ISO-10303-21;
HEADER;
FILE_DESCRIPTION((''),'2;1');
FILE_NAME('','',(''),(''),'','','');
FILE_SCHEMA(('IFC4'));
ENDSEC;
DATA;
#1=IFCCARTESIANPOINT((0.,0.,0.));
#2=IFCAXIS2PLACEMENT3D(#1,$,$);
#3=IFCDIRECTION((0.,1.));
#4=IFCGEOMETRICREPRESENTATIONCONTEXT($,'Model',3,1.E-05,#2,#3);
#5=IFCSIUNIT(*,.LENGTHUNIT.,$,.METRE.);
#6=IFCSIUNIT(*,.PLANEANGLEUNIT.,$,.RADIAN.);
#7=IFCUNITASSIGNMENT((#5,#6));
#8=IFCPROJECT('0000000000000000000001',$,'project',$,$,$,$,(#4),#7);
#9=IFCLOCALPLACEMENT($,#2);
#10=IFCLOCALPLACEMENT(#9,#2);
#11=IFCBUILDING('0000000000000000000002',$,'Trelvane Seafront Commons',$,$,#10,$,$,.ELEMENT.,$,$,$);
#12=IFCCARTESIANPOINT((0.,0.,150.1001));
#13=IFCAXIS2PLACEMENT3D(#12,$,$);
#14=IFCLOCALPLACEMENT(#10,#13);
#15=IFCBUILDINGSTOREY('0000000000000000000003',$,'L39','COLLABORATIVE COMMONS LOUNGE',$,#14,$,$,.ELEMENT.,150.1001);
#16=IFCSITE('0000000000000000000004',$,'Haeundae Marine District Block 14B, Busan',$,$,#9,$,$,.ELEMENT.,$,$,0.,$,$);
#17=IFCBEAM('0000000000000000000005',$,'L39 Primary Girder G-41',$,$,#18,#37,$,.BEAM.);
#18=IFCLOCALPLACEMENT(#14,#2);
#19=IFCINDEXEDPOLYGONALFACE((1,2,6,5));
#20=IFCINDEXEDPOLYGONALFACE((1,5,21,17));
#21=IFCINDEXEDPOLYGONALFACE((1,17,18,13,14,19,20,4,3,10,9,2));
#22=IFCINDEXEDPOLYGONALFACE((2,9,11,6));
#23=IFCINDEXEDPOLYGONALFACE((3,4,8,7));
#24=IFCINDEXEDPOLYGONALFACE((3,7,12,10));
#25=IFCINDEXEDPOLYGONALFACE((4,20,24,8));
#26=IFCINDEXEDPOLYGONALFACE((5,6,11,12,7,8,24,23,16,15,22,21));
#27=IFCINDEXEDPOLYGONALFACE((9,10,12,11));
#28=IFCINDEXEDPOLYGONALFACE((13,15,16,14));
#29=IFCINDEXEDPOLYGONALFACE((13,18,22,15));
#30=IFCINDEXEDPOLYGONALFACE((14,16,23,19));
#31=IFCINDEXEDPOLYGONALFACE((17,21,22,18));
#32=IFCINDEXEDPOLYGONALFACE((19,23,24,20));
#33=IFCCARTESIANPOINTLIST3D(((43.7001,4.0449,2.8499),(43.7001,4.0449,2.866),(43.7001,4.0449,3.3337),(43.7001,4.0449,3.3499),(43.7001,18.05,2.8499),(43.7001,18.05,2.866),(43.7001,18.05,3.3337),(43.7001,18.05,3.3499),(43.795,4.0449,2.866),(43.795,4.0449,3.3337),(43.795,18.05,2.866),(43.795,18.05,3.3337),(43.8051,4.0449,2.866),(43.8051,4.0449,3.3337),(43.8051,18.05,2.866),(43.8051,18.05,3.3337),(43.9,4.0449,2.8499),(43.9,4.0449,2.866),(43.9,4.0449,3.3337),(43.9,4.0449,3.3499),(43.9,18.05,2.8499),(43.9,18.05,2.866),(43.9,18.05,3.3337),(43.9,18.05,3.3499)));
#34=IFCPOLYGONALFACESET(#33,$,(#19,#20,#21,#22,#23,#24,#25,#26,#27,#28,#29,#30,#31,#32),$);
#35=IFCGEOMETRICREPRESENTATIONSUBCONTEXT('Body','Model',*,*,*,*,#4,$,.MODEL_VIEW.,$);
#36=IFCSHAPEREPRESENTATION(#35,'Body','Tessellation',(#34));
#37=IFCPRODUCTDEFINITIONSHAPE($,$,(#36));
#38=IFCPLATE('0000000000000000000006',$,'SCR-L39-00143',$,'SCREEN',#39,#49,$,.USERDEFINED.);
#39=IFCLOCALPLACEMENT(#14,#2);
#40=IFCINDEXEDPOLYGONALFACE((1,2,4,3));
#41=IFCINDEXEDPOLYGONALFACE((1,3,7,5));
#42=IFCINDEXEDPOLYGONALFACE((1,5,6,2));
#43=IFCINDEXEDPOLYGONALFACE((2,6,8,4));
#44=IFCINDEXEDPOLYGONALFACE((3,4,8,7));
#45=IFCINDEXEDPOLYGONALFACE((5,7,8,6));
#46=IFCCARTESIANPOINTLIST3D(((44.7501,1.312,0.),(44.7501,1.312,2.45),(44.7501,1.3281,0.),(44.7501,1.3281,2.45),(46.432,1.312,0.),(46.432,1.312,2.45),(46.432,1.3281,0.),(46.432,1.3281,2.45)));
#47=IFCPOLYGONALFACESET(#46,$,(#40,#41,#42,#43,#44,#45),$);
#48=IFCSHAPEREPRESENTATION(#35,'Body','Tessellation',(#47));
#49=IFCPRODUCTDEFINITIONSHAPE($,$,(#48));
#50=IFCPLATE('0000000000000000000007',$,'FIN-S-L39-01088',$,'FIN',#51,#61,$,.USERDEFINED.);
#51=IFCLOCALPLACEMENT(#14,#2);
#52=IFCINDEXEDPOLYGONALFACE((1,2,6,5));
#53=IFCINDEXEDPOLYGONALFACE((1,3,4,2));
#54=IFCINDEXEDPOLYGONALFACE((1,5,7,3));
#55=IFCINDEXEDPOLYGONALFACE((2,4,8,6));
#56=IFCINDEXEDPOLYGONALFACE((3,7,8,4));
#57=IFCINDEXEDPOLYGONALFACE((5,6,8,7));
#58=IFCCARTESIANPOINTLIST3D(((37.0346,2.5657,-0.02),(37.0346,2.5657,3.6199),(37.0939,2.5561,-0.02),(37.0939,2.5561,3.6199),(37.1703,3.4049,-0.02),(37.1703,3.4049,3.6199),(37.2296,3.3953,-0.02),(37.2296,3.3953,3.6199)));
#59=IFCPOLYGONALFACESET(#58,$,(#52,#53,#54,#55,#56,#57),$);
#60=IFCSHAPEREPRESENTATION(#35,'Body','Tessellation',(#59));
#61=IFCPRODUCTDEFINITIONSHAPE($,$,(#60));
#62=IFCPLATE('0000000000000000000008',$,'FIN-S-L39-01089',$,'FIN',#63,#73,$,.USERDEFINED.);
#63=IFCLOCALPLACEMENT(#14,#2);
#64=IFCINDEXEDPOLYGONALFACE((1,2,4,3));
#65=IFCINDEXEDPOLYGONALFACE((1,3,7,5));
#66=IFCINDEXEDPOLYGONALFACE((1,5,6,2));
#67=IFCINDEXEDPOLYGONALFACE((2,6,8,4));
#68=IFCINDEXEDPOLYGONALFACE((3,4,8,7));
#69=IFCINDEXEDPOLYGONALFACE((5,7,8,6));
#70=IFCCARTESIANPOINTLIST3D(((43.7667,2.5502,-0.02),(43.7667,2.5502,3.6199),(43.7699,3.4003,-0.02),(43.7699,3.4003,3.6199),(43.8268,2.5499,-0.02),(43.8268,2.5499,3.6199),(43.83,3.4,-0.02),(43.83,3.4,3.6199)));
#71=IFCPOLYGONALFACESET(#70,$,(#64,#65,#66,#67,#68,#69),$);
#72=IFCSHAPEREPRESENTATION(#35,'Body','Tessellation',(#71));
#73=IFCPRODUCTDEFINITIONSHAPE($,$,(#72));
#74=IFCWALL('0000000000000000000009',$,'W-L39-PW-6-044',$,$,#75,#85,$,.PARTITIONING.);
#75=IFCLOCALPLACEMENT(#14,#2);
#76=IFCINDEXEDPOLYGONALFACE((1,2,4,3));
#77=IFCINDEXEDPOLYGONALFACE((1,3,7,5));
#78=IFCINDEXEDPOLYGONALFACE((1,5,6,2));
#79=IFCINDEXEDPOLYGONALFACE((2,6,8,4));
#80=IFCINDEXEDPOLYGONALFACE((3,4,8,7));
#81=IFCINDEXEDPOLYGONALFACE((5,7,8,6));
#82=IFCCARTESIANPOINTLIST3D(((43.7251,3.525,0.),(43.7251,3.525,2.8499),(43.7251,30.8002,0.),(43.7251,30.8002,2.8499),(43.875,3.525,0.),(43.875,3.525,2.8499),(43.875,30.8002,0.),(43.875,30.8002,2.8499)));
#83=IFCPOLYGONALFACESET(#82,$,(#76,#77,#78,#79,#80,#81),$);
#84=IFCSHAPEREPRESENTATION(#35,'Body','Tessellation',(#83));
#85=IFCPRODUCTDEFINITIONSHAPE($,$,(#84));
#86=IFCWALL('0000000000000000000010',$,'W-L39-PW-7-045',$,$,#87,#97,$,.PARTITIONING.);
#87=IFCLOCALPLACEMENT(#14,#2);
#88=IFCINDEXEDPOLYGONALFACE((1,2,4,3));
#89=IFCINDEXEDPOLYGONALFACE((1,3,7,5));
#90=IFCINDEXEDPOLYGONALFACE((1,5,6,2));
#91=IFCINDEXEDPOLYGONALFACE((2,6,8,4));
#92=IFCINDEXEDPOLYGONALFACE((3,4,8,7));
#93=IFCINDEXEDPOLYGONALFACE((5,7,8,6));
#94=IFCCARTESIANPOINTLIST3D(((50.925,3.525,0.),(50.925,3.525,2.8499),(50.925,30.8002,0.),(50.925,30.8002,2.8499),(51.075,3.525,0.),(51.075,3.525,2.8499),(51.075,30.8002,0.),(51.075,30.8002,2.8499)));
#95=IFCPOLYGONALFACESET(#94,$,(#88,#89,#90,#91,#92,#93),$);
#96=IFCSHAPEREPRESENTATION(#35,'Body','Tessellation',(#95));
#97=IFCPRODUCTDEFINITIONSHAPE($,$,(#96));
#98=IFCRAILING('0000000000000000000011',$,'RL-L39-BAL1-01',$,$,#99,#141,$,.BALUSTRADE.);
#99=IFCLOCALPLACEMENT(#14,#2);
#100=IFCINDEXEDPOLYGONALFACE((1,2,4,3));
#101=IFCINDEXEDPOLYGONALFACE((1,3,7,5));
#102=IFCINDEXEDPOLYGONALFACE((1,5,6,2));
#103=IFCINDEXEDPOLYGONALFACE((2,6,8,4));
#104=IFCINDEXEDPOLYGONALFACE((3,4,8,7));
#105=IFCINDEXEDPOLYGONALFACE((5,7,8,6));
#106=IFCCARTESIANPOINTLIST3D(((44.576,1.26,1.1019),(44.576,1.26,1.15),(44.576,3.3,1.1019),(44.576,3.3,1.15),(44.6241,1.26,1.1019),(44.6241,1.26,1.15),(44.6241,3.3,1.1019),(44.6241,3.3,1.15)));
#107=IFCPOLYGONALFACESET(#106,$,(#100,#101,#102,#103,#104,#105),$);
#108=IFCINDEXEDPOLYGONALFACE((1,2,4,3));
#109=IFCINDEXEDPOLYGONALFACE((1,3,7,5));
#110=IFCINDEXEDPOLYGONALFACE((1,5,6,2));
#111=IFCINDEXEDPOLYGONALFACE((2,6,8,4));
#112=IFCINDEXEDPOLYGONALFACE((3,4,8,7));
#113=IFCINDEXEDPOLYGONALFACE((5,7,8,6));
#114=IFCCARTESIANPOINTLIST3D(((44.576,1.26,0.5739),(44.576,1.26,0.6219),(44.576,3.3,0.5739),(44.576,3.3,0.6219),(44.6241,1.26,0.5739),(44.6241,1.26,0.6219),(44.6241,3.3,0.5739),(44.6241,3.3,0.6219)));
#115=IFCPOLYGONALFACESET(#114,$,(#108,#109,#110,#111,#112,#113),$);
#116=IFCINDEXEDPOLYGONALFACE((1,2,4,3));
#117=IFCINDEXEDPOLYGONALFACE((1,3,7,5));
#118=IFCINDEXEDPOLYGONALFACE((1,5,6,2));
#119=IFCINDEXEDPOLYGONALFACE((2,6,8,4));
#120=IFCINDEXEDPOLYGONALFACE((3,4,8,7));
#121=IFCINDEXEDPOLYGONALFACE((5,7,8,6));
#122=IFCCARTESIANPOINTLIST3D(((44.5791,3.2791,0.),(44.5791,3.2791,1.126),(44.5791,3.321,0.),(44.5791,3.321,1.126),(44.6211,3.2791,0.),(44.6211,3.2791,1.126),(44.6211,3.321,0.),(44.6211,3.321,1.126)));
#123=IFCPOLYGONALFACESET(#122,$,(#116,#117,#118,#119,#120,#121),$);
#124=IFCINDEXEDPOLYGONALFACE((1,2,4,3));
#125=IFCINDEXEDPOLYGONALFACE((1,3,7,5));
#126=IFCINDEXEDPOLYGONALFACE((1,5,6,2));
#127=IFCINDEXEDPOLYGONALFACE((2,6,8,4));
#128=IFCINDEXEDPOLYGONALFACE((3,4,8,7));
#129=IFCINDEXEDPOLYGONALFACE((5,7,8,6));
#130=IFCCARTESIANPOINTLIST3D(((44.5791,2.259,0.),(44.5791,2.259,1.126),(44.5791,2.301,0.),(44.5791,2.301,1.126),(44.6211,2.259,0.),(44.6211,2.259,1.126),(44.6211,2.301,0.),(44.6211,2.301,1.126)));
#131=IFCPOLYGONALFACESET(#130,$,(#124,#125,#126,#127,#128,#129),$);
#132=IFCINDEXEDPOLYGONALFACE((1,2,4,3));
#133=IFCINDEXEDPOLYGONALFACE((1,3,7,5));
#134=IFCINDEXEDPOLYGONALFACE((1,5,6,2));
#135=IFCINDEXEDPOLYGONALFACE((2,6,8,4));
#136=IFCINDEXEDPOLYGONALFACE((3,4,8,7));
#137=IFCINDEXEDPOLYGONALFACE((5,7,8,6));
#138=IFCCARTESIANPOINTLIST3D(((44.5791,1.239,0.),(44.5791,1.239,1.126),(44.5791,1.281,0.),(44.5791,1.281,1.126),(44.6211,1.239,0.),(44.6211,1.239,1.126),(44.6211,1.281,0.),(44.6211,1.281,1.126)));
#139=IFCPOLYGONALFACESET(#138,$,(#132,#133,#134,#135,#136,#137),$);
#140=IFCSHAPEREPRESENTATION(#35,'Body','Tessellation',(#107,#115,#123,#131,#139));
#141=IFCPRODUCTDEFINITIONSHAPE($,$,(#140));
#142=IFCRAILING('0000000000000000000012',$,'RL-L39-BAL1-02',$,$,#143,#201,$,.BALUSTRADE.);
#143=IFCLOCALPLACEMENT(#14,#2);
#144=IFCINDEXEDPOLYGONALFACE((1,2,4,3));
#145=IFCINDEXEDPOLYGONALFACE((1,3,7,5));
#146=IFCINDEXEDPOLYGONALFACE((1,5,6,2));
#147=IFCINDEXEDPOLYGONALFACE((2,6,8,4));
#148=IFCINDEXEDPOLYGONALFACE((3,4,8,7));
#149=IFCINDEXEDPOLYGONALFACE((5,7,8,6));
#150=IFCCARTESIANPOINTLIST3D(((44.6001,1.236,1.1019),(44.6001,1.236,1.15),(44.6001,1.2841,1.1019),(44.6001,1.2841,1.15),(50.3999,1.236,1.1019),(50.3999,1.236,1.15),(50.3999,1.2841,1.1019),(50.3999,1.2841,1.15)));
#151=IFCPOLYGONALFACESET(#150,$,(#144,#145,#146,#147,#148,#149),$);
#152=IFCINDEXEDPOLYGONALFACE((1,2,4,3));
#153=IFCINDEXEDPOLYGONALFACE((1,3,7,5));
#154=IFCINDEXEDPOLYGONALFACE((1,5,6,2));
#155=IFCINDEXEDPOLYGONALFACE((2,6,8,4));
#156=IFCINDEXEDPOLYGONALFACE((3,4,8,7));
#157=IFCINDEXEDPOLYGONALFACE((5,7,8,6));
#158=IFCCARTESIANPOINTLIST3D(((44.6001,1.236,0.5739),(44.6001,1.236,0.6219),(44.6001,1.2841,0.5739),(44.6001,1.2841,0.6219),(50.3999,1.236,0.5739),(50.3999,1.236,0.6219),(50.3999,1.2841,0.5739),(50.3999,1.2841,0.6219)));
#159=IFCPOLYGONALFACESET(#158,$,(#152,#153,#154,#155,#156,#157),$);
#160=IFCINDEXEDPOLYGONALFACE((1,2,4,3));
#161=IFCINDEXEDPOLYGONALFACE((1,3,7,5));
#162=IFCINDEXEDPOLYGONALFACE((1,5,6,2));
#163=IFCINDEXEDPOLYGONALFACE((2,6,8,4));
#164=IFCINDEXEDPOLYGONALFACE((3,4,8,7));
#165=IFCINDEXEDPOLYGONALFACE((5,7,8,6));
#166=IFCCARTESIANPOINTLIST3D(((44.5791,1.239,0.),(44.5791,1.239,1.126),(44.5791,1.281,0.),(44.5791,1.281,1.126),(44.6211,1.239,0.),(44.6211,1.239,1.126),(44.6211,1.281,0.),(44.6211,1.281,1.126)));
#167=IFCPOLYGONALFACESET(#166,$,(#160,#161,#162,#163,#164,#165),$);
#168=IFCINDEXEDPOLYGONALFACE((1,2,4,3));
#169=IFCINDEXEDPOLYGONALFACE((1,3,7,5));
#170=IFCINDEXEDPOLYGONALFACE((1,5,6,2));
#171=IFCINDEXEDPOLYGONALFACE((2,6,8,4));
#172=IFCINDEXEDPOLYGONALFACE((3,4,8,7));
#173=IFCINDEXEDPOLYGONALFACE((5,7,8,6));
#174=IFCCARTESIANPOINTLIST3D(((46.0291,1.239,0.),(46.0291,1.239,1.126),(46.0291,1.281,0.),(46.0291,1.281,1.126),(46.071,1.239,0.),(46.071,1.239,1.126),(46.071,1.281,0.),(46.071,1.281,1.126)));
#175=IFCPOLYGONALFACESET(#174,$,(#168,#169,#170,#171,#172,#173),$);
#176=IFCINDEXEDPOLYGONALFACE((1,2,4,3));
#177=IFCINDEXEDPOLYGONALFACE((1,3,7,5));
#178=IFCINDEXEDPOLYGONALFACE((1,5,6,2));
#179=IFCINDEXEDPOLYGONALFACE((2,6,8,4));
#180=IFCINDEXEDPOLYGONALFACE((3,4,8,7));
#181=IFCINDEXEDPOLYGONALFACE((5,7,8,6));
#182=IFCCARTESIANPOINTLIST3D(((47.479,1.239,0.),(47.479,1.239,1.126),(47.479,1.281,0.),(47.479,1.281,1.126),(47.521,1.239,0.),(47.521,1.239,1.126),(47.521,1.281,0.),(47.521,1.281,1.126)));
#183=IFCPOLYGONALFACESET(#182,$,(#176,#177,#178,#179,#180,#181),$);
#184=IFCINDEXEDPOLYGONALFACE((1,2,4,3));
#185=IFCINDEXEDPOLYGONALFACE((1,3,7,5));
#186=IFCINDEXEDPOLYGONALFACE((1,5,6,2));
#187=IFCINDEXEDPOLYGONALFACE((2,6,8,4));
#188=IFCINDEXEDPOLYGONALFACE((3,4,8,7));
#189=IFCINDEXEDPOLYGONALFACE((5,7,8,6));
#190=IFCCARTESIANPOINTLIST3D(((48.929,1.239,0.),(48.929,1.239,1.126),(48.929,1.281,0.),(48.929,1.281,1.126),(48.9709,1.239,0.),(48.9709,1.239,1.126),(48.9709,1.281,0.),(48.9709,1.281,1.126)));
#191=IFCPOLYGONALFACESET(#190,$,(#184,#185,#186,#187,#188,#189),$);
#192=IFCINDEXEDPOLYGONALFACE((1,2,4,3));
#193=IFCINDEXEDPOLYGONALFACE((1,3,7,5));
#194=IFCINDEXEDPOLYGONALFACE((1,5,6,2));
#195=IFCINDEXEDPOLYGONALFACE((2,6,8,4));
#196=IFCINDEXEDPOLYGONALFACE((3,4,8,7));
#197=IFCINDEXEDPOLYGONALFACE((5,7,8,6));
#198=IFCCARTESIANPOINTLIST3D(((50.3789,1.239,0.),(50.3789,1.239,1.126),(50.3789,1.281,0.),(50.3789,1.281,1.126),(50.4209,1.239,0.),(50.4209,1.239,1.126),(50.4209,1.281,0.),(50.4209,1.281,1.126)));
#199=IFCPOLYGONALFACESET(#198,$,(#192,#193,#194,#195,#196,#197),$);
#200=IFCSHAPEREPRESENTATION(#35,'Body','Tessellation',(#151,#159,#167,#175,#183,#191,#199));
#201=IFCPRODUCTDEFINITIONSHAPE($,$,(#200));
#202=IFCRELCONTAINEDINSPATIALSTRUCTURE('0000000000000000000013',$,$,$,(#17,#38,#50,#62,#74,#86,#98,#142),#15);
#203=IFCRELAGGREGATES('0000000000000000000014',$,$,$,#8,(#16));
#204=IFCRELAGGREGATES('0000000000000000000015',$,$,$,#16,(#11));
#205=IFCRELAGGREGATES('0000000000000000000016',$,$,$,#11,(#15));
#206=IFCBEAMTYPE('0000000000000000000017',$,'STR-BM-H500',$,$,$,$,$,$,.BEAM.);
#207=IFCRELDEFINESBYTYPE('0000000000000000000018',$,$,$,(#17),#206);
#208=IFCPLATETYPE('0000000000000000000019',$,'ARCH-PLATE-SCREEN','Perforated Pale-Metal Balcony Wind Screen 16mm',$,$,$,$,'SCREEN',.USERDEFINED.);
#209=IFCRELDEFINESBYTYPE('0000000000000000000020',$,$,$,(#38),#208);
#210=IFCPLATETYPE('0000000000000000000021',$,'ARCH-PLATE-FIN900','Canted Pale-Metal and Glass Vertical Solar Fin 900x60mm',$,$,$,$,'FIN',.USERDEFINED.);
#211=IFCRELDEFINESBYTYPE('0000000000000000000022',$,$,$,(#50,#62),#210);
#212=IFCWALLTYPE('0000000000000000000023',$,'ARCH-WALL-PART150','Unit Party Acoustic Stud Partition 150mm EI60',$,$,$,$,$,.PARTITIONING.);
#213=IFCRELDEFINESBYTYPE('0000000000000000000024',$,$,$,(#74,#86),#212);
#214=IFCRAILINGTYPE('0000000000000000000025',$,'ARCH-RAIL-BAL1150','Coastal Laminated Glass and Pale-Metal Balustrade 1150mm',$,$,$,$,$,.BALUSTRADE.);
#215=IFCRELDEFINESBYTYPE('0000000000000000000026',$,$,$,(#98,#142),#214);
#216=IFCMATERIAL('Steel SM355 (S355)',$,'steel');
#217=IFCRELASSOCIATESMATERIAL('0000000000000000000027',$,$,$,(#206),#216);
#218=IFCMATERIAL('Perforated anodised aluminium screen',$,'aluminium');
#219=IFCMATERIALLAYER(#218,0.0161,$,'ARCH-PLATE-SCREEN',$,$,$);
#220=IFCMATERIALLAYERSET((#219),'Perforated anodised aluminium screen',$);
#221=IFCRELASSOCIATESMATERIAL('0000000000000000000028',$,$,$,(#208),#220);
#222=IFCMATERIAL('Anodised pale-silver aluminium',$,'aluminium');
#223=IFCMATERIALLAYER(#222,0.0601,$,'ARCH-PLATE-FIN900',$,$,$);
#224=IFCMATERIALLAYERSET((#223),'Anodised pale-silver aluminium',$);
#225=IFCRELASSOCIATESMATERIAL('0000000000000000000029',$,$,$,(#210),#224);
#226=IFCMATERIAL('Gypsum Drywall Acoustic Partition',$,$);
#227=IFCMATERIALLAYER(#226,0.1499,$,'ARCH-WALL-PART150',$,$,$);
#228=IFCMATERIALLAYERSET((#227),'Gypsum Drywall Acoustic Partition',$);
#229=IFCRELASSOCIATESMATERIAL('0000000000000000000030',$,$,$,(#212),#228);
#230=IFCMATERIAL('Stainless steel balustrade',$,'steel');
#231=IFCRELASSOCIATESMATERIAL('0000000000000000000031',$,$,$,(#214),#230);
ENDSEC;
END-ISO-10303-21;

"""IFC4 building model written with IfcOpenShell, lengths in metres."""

from ifc_helpers import new_model, si_unit, direction, frame, frame_2d, origin, origin_2d, place, context, subcontext, project, spatial, rectangle, i_section, extrude, source, transform, mapped, material, layer, layer_set, material_profile, profile_set, type_object, element, save


model = new_model("IFC4")

# Units and contexts
model_context = context("Model", 3, precision=1e-05, world=origin(), true_north=direction((0.0, 1.0)))
body_context = subcontext(model_context, "Body", "Model", "MODEL_VIEW")
ifc_project = project(units=[si_unit("LENGTHUNIT", "METRE"), si_unit("PLANEANGLEUNIT", "RADIAN")], contexts=[model_context])

# Site, building, storey
site_placement = place(None, origin())
site = spatial("IfcSite", under=ifc_project, at=site_placement, Name="Haeundae Marine District Block 14B, Busan", CompositionType="ELEMENT", RefElevation=0.0)
building_placement = place(site_placement, origin())
building = spatial("IfcBuilding", under=site, at=building_placement, Name="Trelvane Seafront Commons", CompositionType="ELEMENT")
storey_placement = place(building_placement, frame((0.0, 0.0, 150.1001)))
storey = spatial("IfcBuildingStorey", under=building, at=storey_placement, Name="L39", Description="COLLABORATIVE COMMONS LOUNGE", CompositionType="ELEMENT", Elevation=150.1001)

# Shared definitions
ifc_material_1 = material(Name="Steel SM355 (S355)", Category="steel")

# Beam
ifc_material_profile_1 = material_profile(ifc_material_1, i_section(OverallWidth=0.2, OverallDepth=0.5, WebThickness=0.01, FlangeThickness=0.0161, at=origin_2d()), Name="H-500x200x10x16")
ifc_profile_set_1 = profile_set([ifc_material_profile_1], Name="Steel SM355 (S355)")
beam_type_1 = type_object("IfcBeamType", Name="STR-BM-H500", PredefinedType="BEAM", material=ifc_profile_set_1)
shared_shape_1 = source(origin(), body_context, "Body", "SweptSolid", [
    extrude(i_section(OverallWidth=0.2, OverallDepth=0.5, WebThickness=0.01, FlangeThickness=0.0161, at=origin_2d()), origin(), (0.0, 0.0, 1.0), 14.0051),
])
beam_1_placement = place(storey_placement, frame((43.8, 4.0449, 3.0999), z_axis=(0.0, 1.0, 0.0), x_axis=(-1.0, 0.0, 0.0)))
element("IfcBeam", 1, at=beam_1_placement, inside=storey, type_object=beam_type_1, Name="L39 Primary Girder G-41", PredefinedType="BEAM", context=body_context, shape_type="MappedRepresentation", body=[
    mapped(shared_shape_1, transform((0.0, 0.0, 0.0), x_axis=(1.0, 0.0, 0.0), y_axis=(0.0, 1.0, 0.0), z_axis=(0.0, 0.0, 1.0), scale=1.0)),
])

# Plates
ifc_material_2 = material(Name="Perforated anodised aluminium screen", Category="aluminium")
ifc_layer_1 = layer(ifc_material_2, 0.0161, Name="ARCH-PLATE-SCREEN")
ifc_layer_set_1 = layer_set([ifc_layer_1], Name="Perforated anodised aluminium screen")
plate_type_1 = type_object("IfcPlateType", Name="ARCH-PLATE-SCREEN", Description="Perforated Pale-Metal Balcony Wind Screen 16mm", ElementType="SCREEN", PredefinedType="USERDEFINED", material=ifc_layer_set_1)
shared_shape_2 = source(origin(), body_context, "Body", "SweptSolid", [
    extrude(rectangle(XDim=1.6819, YDim=0.0161, at=origin_2d()), origin(), (0.0, 0.0, 1.0), 2.45),
])
plate_placement = place(storey_placement, frame((45.5911, 1.3201, 0.0), z_axis=(0.0, 0.0, 1.0), x_axis=(1.0, 0.0, 0.0)))
element("IfcPlate", 2, at=plate_placement, inside=storey, type_object=plate_type_1, Name="SCR-L39-00143", ObjectType="SCREEN", PredefinedType="USERDEFINED", context=body_context, shape_type="MappedRepresentation", body=[
    mapped(shared_shape_2, transform((0.0, 0.0, 0.0), x_axis=(1.0, 0.0, 0.0), y_axis=(0.0, 1.0, 0.0), z_axis=(0.0, 0.0, 1.0), scale=1.0)),
])
ifc_material_3 = material(Name="Anodised pale-silver aluminium", Category="aluminium")
ifc_layer_2 = layer(ifc_material_3, 0.0601, Name="ARCH-PLATE-FIN900")
ifc_layer_set_2 = layer_set([ifc_layer_2], Name="Anodised pale-silver aluminium")
plate_type_2 = type_object("IfcPlateType", Name="ARCH-PLATE-FIN900", Description="Canted Pale-Metal and Glass Vertical Solar Fin 900x60mm", ElementType="FIN", PredefinedType="USERDEFINED", material=ifc_layer_set_2)
shared_shape_3 = source(origin(), body_context, "Body", "SweptSolid", [
    extrude(rectangle(XDim=0.8501, YDim=0.0601, at=origin_2d()), origin(), (0.0, 0.0, 1.0), 3.6399),
])
for number, where, z_axis, x_axis, name in (
    (3, (37.1321, 2.9805, -0.02), (0.0, 0.0, 1.0), (-0.159647, -0.987174, 0.0), "FIN-S-L39-01088"),
    (4, (43.7983, 2.9751, -0.02), (0.0, 0.0, 1.0), (-0.003765, -0.999993, 0.0), "FIN-S-L39-01089"),
):
    element("IfcPlate", number, at=place(storey_placement, frame(where, z_axis=z_axis, x_axis=x_axis)), inside=storey, type_object=plate_type_2, Name=name, ObjectType="FIN", PredefinedType="USERDEFINED", context=body_context, shape_type="MappedRepresentation", body=[
        mapped(shared_shape_3, transform((0.0, 0.0, 0.0), x_axis=(1.0, 0.0, 0.0), y_axis=(0.0, 1.0, 0.0), z_axis=(0.0, 0.0, 1.0), scale=1.0)),
    ])

# Shared definitions
ifc_material_4 = material(Name="Gypsum Drywall Acoustic Partition")

# Walls
ifc_layer_3 = layer(ifc_material_4, 0.1499, Name="ARCH-WALL-PART150")
ifc_layer_set_3 = layer_set([ifc_layer_3], Name="Gypsum Drywall Acoustic Partition")
wall_type_1 = type_object("IfcWallType", Name="ARCH-WALL-PART150", Description="Unit Party Acoustic Stud Partition 150mm EI60", PredefinedType="PARTITIONING", material=ifc_layer_set_3)
for number, where, z_axis, x_axis, name in (
    (5, (43.8, 3.5249, 0.0), (0.0, 0.0, 1.0), (0.0, 1.0, 0.0), "W-L39-PW-6-044"),
    (6, (51.0, 3.5249, 0.0), (0.0, 0.0, 1.0), (0.0, 1.0, 0.0), "W-L39-PW-7-045"),
):
    element("IfcWall", number, at=place(storey_placement, frame(where, z_axis=z_axis, x_axis=x_axis)), inside=storey, type_object=wall_type_1, Name=name, PredefinedType="PARTITIONING", context=body_context, shape_type="SweptSolid", body=[
        extrude(rectangle(XDim=27.2751, YDim=0.1499, at=frame_2d((13.6377, 0.0))), origin(), (0.0, 0.0, 1.0), 2.8499),
    ])

# Railings
ifc_material_5 = material(Name="Stainless steel balustrade", Category="steel")
railing_type = type_object("IfcRailingType", Name="ARCH-RAIL-BAL1150", Description="Coastal Laminated Glass and Pale-Metal Balustrade 1150mm", PredefinedType="BALUSTRADE", material=ifc_material_5)
railing_1_placement = place(storey_placement, frame((44.6001, 3.3, 0.0)))
element("IfcRailing", 7, at=railing_1_placement, inside=storey, type_object=railing_type, Name="RL-L39-BAL1-01", PredefinedType="BALUSTRADE", context=body_context, shape_type="SweptSolid", body=[
    extrude(rectangle(XDim=0.0481, YDim=0.0481, at=origin_2d()), frame((0.0, 0.0, 1.126), z_axis=(0.0, -1.0, 0.0), x_axis=(1.0, 0.0, 0.0)), (0.0, 0.0, 1.0), 2.04),
    extrude(rectangle(XDim=0.0481, YDim=0.0481, at=origin_2d()), frame((0.0, 0.0, 0.5979), z_axis=(0.0, -1.0, 0.0), x_axis=(1.0, 0.0, 0.0)), (0.0, 0.0, 1.0), 2.04),
    extrude(rectangle(XDim=0.042, YDim=0.042, at=origin_2d()), origin(), (0.0, 0.0, 1.0), 1.126),
    extrude(rectangle(XDim=0.042, YDim=0.042, at=origin_2d()), frame((0.0, -1.02, 0.0)), (0.0, 0.0, 1.0), 1.126),
    extrude(rectangle(XDim=0.042, YDim=0.042, at=origin_2d()), frame((0.0, -2.04, 0.0)), (0.0, 0.0, 1.0), 1.126),
])
railing_2_placement = place(storey_placement, frame((44.6001, 1.26, 0.0)))
element("IfcRailing", 8, at=railing_2_placement, inside=storey, type_object=railing_type, Name="RL-L39-BAL1-02", PredefinedType="BALUSTRADE", context=body_context, shape_type="SweptSolid", body=[
    extrude(rectangle(XDim=0.0481, YDim=0.0481, at=origin_2d()), frame((0.0, 0.0, 1.126), z_axis=(1.0, 0.0, 0.0), x_axis=(0.0, 1.0, 0.0)), (0.0, 0.0, 1.0), 5.7998),
    extrude(rectangle(XDim=0.0481, YDim=0.0481, at=origin_2d()), frame((0.0, 0.0, 0.5979), z_axis=(1.0, 0.0, 0.0), x_axis=(0.0, 1.0, 0.0)), (0.0, 0.0, 1.0), 5.7998),
    extrude(rectangle(XDim=0.042, YDim=0.042, at=origin_2d()), origin(), (0.0, 0.0, 1.0), 1.126),
    extrude(rectangle(XDim=0.042, YDim=0.042, at=origin_2d()), frame((1.45, 0.0, 0.0)), (0.0, 0.0, 1.0), 1.126),
    extrude(rectangle(XDim=0.042, YDim=0.042, at=origin_2d()), frame((2.8999, 0.0, 0.0)), (0.0, 0.0, 1.0), 1.126),
    extrude(rectangle(XDim=0.042, YDim=0.042, at=origin_2d()), frame((4.3499, 0.0, 0.0)), (0.0, 0.0, 1.0), 1.126),
    extrude(rectangle(XDim=0.042, YDim=0.042, at=origin_2d()), frame((5.7998, 0.0, 0.0)), (0.0, 0.0, 1.0), 1.126),
])

save(model, "model.ifc")
